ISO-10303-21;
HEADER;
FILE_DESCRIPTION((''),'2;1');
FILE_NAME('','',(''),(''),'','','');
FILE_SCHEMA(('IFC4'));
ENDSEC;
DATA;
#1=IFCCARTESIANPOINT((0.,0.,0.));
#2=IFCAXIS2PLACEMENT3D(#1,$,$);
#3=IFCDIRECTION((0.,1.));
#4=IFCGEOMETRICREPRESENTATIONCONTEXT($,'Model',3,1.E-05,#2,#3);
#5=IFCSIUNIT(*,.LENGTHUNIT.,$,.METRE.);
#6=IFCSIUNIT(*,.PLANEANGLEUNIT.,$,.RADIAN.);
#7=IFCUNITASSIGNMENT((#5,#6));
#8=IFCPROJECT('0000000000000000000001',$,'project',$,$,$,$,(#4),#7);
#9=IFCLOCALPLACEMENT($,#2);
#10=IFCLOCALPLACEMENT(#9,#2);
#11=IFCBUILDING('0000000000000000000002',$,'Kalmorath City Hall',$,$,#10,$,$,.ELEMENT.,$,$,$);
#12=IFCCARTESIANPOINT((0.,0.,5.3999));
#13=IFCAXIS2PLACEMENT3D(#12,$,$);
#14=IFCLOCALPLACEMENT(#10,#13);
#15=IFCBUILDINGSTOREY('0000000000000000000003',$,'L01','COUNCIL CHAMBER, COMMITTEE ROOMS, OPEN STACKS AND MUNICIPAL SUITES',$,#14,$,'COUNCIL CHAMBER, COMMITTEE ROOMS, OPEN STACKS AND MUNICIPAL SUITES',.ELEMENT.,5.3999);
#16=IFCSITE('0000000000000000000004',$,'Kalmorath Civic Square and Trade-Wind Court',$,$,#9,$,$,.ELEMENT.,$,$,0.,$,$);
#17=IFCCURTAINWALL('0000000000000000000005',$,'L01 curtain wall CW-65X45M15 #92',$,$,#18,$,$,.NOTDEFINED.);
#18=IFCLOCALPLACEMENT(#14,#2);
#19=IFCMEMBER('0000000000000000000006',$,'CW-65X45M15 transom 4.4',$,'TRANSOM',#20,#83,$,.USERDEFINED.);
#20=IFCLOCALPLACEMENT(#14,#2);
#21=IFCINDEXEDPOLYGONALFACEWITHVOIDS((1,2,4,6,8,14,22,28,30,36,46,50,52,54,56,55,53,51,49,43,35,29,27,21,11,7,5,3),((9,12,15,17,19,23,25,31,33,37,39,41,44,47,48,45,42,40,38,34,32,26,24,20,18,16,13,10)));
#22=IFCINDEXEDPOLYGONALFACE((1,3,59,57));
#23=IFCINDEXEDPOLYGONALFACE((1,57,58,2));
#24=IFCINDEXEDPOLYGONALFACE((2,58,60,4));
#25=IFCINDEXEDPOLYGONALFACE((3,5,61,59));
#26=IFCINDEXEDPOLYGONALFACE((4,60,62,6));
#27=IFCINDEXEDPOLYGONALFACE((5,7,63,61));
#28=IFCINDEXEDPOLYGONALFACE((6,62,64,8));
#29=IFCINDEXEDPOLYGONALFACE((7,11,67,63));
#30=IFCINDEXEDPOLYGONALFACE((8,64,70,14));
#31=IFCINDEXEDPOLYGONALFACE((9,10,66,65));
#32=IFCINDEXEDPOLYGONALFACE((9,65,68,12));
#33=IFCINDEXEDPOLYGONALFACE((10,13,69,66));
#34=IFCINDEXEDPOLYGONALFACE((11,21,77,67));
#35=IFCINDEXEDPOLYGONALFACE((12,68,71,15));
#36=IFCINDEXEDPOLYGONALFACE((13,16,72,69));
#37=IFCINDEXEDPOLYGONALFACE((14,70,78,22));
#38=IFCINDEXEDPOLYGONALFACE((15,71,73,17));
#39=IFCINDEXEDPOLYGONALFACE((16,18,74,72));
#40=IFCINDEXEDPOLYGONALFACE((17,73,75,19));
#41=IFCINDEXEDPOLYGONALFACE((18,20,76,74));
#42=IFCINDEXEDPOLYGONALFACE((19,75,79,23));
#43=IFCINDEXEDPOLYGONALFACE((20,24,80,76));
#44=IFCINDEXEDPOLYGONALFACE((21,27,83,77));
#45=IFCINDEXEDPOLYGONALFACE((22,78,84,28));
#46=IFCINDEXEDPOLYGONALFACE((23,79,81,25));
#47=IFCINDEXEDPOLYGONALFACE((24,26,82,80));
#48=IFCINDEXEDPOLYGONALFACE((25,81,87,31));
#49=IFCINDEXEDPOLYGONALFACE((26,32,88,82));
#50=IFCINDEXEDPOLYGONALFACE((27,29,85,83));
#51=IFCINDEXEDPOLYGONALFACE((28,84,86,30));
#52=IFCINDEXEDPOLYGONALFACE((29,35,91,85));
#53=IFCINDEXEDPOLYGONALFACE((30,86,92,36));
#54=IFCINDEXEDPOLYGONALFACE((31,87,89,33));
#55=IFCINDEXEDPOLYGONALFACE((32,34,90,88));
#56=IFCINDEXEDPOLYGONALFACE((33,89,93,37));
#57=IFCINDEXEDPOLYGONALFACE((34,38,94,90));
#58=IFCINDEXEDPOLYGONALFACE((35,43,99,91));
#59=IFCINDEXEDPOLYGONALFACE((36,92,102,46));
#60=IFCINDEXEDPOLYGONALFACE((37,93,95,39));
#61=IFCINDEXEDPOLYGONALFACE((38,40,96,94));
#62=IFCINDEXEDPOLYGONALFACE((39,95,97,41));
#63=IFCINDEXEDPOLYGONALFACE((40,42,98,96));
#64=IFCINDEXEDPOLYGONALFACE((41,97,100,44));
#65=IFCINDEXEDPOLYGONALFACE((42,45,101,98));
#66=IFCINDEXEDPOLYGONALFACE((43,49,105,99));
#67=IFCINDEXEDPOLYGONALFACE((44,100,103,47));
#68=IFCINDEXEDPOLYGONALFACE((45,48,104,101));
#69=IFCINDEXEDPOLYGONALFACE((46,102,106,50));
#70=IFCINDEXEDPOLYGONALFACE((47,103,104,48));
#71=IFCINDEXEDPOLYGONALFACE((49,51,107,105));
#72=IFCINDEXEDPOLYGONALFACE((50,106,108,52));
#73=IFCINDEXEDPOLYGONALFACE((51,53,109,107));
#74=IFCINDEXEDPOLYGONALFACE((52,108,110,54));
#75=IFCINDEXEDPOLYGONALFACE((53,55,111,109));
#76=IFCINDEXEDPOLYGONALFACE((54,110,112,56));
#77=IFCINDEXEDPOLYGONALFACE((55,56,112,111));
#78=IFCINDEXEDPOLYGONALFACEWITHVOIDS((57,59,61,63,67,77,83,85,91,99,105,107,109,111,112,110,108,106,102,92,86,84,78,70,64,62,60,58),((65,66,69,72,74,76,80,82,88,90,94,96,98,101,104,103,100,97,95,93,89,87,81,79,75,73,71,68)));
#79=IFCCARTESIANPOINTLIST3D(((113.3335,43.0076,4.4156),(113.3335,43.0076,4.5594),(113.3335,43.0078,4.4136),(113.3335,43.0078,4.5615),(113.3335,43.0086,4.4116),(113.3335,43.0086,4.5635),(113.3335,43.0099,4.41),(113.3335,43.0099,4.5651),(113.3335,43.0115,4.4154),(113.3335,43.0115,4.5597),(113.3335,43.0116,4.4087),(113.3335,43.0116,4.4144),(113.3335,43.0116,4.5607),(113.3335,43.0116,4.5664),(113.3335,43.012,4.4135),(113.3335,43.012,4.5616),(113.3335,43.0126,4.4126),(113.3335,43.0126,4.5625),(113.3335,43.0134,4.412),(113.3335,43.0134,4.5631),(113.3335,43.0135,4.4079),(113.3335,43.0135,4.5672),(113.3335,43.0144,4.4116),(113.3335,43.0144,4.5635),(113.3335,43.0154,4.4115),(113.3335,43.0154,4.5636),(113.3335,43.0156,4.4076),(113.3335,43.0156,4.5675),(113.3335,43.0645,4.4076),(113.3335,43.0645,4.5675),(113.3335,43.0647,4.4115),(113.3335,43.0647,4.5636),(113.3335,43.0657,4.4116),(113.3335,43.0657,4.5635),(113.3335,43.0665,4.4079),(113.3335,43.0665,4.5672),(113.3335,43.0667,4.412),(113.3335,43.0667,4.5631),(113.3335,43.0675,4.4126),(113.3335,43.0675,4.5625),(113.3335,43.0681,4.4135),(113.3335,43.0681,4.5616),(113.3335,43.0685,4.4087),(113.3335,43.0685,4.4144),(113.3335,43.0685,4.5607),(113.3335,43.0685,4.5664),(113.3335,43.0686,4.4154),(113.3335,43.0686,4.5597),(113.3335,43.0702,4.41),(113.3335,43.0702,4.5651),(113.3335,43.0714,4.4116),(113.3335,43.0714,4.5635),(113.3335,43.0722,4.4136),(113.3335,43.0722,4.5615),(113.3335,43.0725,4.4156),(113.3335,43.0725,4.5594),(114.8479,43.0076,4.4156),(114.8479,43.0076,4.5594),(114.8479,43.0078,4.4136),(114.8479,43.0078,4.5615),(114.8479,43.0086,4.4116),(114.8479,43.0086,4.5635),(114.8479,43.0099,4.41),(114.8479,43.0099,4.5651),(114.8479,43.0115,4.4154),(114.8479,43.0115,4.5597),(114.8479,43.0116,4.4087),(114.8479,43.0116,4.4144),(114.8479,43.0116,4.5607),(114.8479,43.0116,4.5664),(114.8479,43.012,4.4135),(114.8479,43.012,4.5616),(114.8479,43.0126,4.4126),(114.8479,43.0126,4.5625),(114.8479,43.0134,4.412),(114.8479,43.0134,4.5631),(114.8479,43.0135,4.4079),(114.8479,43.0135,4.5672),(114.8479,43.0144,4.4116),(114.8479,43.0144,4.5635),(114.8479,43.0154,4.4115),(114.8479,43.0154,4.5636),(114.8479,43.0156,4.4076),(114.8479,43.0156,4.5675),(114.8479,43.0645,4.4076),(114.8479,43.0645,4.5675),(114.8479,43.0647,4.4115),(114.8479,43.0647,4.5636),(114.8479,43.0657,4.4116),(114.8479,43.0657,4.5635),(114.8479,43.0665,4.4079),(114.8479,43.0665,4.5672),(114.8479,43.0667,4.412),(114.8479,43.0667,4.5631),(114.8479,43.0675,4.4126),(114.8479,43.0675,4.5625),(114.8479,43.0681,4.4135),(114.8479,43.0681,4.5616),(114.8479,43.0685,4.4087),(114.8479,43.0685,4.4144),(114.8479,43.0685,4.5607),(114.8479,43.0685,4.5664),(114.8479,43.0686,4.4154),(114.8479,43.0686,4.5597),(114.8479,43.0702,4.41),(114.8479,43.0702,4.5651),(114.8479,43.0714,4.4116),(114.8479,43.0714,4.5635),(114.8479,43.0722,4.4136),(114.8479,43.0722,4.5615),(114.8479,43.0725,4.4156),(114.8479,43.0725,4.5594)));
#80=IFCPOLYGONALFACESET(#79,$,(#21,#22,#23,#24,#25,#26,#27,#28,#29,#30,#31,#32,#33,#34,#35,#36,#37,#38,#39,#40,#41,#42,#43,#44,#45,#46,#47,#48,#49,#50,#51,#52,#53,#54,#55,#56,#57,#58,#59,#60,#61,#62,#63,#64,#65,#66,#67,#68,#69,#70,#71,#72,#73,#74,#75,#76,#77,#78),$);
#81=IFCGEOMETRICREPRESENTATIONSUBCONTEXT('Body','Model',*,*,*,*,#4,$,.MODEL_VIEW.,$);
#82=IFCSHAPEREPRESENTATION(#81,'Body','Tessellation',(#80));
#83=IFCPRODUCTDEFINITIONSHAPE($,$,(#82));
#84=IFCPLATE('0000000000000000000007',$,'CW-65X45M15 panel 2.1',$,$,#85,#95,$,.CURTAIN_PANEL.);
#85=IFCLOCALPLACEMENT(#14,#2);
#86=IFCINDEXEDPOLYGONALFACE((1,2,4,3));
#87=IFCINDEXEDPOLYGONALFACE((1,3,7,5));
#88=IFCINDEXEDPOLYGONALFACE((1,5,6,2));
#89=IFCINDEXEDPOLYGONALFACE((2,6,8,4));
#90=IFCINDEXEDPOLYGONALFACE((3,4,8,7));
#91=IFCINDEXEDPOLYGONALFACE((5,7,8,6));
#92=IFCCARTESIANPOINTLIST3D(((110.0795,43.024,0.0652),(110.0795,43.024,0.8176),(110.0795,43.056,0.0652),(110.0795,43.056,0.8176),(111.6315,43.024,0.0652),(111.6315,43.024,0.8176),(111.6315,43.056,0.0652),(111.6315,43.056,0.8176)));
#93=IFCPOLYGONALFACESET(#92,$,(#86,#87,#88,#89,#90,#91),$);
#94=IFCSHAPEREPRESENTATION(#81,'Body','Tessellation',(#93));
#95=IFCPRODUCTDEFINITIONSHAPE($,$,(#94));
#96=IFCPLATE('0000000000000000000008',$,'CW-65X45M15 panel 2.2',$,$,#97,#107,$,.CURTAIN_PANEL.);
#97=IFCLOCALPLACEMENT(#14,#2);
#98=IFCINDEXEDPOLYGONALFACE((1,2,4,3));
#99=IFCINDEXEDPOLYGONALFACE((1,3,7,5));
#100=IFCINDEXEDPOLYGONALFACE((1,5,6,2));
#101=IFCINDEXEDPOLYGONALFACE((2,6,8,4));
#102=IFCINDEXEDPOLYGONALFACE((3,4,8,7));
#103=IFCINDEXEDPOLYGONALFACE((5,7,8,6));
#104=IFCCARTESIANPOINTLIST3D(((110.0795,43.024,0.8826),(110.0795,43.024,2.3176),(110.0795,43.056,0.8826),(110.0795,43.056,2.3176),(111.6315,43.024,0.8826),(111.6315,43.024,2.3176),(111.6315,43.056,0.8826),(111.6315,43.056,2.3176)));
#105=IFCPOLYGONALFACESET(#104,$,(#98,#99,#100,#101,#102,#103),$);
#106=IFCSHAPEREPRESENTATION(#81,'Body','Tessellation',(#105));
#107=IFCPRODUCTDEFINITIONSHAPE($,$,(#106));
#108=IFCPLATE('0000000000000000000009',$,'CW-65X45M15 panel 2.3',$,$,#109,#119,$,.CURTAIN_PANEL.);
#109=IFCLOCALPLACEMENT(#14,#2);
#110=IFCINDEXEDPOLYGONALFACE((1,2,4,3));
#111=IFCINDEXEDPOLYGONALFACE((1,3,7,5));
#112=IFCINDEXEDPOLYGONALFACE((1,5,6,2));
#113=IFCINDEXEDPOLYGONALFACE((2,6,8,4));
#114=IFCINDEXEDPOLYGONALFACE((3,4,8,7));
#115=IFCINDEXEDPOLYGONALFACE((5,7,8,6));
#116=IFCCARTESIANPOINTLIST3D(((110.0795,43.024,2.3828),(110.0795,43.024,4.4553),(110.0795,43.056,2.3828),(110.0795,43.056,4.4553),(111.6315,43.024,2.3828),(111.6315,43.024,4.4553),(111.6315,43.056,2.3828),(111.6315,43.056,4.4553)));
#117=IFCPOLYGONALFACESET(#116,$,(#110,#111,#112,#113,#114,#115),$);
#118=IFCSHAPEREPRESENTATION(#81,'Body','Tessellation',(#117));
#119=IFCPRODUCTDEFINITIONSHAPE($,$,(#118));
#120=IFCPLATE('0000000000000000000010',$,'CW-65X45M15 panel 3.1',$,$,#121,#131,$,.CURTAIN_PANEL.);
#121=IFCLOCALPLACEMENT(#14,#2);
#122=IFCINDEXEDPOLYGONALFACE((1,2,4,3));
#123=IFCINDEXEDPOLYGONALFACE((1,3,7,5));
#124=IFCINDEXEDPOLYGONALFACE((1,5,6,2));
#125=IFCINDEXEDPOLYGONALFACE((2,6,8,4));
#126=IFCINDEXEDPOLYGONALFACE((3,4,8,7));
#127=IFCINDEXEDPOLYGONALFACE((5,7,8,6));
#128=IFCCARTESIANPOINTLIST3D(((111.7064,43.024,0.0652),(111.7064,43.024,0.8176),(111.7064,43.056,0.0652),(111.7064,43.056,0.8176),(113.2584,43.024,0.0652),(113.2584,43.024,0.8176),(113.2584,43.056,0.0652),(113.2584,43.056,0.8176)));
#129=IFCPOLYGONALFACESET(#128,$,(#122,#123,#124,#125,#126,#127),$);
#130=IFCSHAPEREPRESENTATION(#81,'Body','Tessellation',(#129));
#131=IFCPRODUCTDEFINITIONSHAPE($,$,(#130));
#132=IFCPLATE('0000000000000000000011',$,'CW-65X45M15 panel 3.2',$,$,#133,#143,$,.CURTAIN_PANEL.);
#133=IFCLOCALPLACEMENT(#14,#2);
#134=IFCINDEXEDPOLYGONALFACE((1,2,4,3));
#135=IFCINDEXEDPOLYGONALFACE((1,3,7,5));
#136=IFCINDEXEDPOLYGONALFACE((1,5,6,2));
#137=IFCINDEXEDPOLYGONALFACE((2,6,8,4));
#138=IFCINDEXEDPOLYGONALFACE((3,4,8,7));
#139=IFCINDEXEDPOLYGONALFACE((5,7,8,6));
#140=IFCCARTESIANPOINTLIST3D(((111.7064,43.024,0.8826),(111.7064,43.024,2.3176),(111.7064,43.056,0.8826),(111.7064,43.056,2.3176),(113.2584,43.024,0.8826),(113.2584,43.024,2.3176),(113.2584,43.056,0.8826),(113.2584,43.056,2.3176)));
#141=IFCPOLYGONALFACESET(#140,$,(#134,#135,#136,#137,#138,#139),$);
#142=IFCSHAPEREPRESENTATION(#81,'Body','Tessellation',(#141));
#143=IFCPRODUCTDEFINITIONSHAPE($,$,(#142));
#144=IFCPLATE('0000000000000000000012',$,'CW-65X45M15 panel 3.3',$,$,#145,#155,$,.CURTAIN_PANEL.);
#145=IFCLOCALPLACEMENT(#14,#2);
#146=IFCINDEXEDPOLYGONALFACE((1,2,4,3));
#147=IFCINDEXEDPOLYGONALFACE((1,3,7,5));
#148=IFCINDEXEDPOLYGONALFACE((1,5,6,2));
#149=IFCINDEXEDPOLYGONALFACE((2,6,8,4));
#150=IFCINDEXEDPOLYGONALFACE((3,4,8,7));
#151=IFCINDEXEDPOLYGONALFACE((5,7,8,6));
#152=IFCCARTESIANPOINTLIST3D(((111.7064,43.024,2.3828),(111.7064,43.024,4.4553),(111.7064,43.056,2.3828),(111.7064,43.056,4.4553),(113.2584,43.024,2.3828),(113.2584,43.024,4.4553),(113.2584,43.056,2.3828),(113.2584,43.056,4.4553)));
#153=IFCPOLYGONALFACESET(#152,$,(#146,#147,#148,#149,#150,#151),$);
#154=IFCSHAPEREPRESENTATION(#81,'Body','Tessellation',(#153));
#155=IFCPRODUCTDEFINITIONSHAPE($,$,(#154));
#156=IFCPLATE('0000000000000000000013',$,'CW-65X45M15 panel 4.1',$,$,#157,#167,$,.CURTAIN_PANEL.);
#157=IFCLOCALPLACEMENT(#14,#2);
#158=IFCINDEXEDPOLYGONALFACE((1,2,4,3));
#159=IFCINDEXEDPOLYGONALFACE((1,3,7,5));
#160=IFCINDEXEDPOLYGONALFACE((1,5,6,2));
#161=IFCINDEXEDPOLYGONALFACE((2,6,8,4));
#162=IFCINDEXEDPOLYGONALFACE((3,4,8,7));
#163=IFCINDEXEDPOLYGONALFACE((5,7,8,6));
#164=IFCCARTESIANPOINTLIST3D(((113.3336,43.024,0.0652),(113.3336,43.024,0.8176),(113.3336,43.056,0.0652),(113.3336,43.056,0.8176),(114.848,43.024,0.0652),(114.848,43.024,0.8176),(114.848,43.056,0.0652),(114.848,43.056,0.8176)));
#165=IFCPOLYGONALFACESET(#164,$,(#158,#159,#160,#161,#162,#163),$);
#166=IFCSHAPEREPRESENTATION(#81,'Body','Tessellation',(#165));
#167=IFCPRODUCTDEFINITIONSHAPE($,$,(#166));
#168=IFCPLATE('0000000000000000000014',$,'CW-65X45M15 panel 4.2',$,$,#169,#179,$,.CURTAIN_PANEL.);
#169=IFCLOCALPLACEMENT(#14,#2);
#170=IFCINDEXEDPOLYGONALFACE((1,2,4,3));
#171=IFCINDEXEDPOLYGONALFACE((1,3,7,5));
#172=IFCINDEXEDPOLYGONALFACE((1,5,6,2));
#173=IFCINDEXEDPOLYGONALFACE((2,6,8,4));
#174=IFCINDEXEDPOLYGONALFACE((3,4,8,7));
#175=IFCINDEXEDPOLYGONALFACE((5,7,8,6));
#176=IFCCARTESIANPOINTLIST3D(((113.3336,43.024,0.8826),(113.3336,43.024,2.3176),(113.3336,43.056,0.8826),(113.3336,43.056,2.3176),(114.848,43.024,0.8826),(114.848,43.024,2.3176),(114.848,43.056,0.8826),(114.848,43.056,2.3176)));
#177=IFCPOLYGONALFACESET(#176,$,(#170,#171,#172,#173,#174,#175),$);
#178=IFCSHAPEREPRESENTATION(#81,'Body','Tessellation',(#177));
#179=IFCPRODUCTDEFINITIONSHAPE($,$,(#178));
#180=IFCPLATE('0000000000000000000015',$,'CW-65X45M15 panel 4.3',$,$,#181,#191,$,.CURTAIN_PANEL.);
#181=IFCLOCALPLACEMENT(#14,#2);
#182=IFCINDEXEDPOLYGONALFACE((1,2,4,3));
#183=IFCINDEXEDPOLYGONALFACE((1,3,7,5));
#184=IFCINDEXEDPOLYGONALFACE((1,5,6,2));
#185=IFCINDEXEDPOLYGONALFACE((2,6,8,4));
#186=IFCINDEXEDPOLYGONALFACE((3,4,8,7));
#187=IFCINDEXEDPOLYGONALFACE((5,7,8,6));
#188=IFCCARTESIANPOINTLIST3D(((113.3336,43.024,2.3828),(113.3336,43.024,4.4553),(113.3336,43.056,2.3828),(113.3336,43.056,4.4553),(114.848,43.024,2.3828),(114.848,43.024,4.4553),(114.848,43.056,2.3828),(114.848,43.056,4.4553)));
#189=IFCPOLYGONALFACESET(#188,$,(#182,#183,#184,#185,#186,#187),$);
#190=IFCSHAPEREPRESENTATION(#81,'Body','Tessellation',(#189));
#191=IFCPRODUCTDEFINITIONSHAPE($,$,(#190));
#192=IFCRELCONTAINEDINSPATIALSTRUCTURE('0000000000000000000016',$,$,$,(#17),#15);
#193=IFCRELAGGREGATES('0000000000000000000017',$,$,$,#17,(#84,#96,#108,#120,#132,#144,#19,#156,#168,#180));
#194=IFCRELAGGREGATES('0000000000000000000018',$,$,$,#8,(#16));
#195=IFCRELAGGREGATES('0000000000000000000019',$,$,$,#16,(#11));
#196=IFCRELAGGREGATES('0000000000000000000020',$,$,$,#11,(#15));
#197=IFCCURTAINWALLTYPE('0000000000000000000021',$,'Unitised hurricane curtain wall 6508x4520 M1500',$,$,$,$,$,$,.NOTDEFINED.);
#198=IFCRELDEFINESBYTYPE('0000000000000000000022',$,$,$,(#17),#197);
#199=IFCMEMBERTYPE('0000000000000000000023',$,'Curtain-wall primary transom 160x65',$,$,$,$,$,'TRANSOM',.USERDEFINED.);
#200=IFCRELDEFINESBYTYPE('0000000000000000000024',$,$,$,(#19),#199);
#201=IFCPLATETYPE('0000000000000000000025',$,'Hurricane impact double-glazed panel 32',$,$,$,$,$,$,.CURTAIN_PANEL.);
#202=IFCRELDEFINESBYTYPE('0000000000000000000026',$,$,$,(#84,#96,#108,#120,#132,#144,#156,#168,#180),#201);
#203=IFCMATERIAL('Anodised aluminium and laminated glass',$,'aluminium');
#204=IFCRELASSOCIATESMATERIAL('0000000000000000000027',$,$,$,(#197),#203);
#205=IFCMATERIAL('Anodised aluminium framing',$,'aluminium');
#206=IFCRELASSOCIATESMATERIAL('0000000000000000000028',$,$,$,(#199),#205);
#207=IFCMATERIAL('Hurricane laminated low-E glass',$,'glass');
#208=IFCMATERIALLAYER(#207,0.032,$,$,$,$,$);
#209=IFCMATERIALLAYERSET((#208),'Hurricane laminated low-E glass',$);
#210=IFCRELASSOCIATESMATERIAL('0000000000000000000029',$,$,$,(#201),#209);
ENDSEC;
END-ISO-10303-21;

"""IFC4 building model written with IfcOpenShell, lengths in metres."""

from ifc_helpers import new_model, si_unit, direction, frame, origin, origin_2d, place, context, subcontext, project, spatial, rectangle, hollow_rectangle, extrude, material, layer, layer_set, material_profile, profile_set, type_object, element, aggregate, save


model = new_model("IFC4")

# Units and contexts
model_context = context("Model", 3, precision=1e-05, world=origin(), true_north=direction((0.0, 1.0)))
body_context = subcontext(model_context, "Body", "Model", "MODEL_VIEW")
ifc_project = project(units=[si_unit("LENGTHUNIT", "METRE"), si_unit("PLANEANGLEUNIT", "RADIAN")], contexts=[model_context])

# Site, building, storey
site_placement = place(None, origin())
site = spatial("IfcSite", under=ifc_project, at=site_placement, Name="Kalmorath Civic Square and Trade-Wind Court", CompositionType="ELEMENT", RefElevation=0.0)
building_placement = place(site_placement, origin())
building = spatial("IfcBuilding", under=site, at=building_placement, Name="Kalmorath City Hall", CompositionType="ELEMENT")
storey_placement = place(building_placement, frame((0.0, 0.0, 5.3999)))
storey = spatial("IfcBuildingStorey", under=building, at=storey_placement, Name="L01", Description="COUNCIL CHAMBER, COMMITTEE ROOMS, OPEN STACKS AND MUNICIPAL SUITES", LongName="COUNCIL CHAMBER, COMMITTEE ROOMS, OPEN STACKS AND MUNICIPAL SUITES", CompositionType="ELEMENT", Elevation=5.3999)

# Curtain wall, member, plates
ifc_material_1 = material(Name="Anodised aluminium and laminated glass", Category="aluminium")
curtain_wall_type = type_object("IfcCurtainWallType", Name="Unitised hurricane curtain wall 6508x4520 M1500", PredefinedType="NOTDEFINED", material=ifc_material_1)
curtain_wall_placement = place(storey_placement, origin())
curtain_wall = element("IfcCurtainWall", 1, at=curtain_wall_placement, inside=storey, type_object=curtain_wall_type, Name="L01 curtain wall CW-65X45M15 #92", PredefinedType="NOTDEFINED")
ifc_material_2 = material(Name="Anodised aluminium framing", Category="aluminium")
ifc_material_profile_1 = material_profile(ifc_material_2, hollow_rectangle(XDim=0.0649, YDim=0.1599, WallThickness=0.0039, InnerFilletRadius=0.0039, OuterFilletRadius=0.0081, at=origin_2d()), Name="ALU-TRN-160X65X4")
ifc_profile_set_1 = profile_set([ifc_material_profile_1], Name="Anodised aluminium framing")
member_type_1 = type_object("IfcMemberType", Name="Curtain-wall primary transom 160x65", ElementType="TRANSOM", PredefinedType="USERDEFINED", material=ifc_profile_set_1)
member_1_placement = place(storey_placement, frame((113.3335, 43.04, 4.4875), z_axis=(1.0, 0.0, 0.0), x_axis=(0.0, 1.0, 0.0)))
member_1 = element("IfcMember", 2, at=member_1_placement, type_object=member_type_1, Name="CW-65X45M15 transom 4.4", ObjectType="TRANSOM", PredefinedType="USERDEFINED", context=body_context, shape_type="SweptSolid", body=[
    extrude(hollow_rectangle(XDim=0.0649, YDim=0.1599, WallThickness=0.0039, InnerFilletRadius=0.0039, OuterFilletRadius=0.0081, at=origin_2d()), origin(), (0.0, 0.0, 1.0), 1.5144),
])
ifc_material_3 = material(Name="Hurricane laminated low-E glass", Category="glass")
ifc_layer_1 = layer(ifc_material_3, 0.032)
ifc_layer_set_1 = layer_set([ifc_layer_1], Name="Hurricane laminated low-E glass")
plate_type = type_object("IfcPlateType", Name="Hurricane impact double-glazed panel 32", PredefinedType="CURTAIN_PANEL", material=ifc_layer_set_1)
plate_1_placement = place(storey_placement, frame((110.8555, 43.04, 0.0652), z_axis=(0.0, 0.0, 1.0), x_axis=(1.0, 0.0, 0.0)))
plate_1 = element("IfcPlate", 3, at=plate_1_placement, type_object=plate_type, Name="CW-65X45M15 panel 2.1", PredefinedType="CURTAIN_PANEL", context=body_context, shape_type="SweptSolid", body=[
    extrude(rectangle(XDim=1.552, YDim=0.032, at=origin_2d()), origin(), (0.0, 0.0, 1.0), 0.7524),
])
plate_2_placement = place(storey_placement, frame((110.8555, 43.04, 0.8826), z_axis=(0.0, 0.0, 1.0), x_axis=(1.0, 0.0, 0.0)))
plate_2 = element("IfcPlate", 4, at=plate_2_placement, type_object=plate_type, Name="CW-65X45M15 panel 2.2", PredefinedType="CURTAIN_PANEL", context=body_context, shape_type="SweptSolid", body=[
    extrude(rectangle(XDim=1.552, YDim=0.032, at=origin_2d()), origin(), (0.0, 0.0, 1.0), 1.4351),
])
plate_3_placement = place(storey_placement, frame((110.8555, 43.04, 2.3828), z_axis=(0.0, 0.0, 1.0), x_axis=(1.0, 0.0, 0.0)))
plate_3 = element("IfcPlate", 5, at=plate_3_placement, type_object=plate_type, Name="CW-65X45M15 panel 2.3", PredefinedType="CURTAIN_PANEL", context=body_context, shape_type="SweptSolid", body=[
    extrude(rectangle(XDim=1.552, YDim=0.032, at=origin_2d()), origin(), (0.0, 0.0, 1.0), 2.0725),
])
plate_4_placement = place(storey_placement, frame((112.4824, 43.04, 0.0652), z_axis=(0.0, 0.0, 1.0), x_axis=(1.0, 0.0, 0.0)))
plate_4 = element("IfcPlate", 6, at=plate_4_placement, type_object=plate_type, Name="CW-65X45M15 panel 3.1", PredefinedType="CURTAIN_PANEL", context=body_context, shape_type="SweptSolid", body=[
    extrude(rectangle(XDim=1.552, YDim=0.032, at=origin_2d()), origin(), (0.0, 0.0, 1.0), 0.7524),
])
plate_5_placement = place(storey_placement, frame((112.4824, 43.04, 0.8826), z_axis=(0.0, 0.0, 1.0), x_axis=(1.0, 0.0, 0.0)))
plate_5 = element("IfcPlate", 7, at=plate_5_placement, type_object=plate_type, Name="CW-65X45M15 panel 3.2", PredefinedType="CURTAIN_PANEL", context=body_context, shape_type="SweptSolid", body=[
    extrude(rectangle(XDim=1.552, YDim=0.032, at=origin_2d()), origin(), (0.0, 0.0, 1.0), 1.4351),
])
plate_6_placement = place(storey_placement, frame((112.4824, 43.04, 2.3828), z_axis=(0.0, 0.0, 1.0), x_axis=(1.0, 0.0, 0.0)))
plate_6 = element("IfcPlate", 8, at=plate_6_placement, type_object=plate_type, Name="CW-65X45M15 panel 3.3", PredefinedType="CURTAIN_PANEL", context=body_context, shape_type="SweptSolid", body=[
    extrude(rectangle(XDim=1.552, YDim=0.032, at=origin_2d()), origin(), (0.0, 0.0, 1.0), 2.0725),
])
plate_7_placement = place(storey_placement, frame((114.0908, 43.04, 0.0652), z_axis=(0.0, 0.0, 1.0), x_axis=(1.0, 0.0, 0.0)))
plate_7 = element("IfcPlate", 9, at=plate_7_placement, type_object=plate_type, Name="CW-65X45M15 panel 4.1", PredefinedType="CURTAIN_PANEL", context=body_context, shape_type="SweptSolid", body=[
    extrude(rectangle(XDim=1.5144, YDim=0.032, at=origin_2d()), origin(), (0.0, 0.0, 1.0), 0.7524),
])
plate_8_placement = place(storey_placement, frame((114.0908, 43.04, 0.8826), z_axis=(0.0, 0.0, 1.0), x_axis=(1.0, 0.0, 0.0)))
plate_8 = element("IfcPlate", 10, at=plate_8_placement, type_object=plate_type, Name="CW-65X45M15 panel 4.2", PredefinedType="CURTAIN_PANEL", context=body_context, shape_type="SweptSolid", body=[
    extrude(rectangle(XDim=1.5144, YDim=0.032, at=origin_2d()), origin(), (0.0, 0.0, 1.0), 1.4351),
])
plate_9_placement = place(storey_placement, frame((114.0908, 43.04, 2.3828), z_axis=(0.0, 0.0, 1.0), x_axis=(1.0, 0.0, 0.0)))
plate_9 = element("IfcPlate", 11, at=plate_9_placement, type_object=plate_type, Name="CW-65X45M15 panel 4.3", PredefinedType="CURTAIN_PANEL", context=body_context, shape_type="SweptSolid", body=[
    extrude(rectangle(XDim=1.5144, YDim=0.032, at=origin_2d()), origin(), (0.0, 0.0, 1.0), 2.0725),
])
aggregate(curtain_wall, [plate_1, plate_2, plate_3, plate_4, plate_5, plate_6, member_1, plate_7, plate_8, plate_9])

save(model, "model.ifc")
